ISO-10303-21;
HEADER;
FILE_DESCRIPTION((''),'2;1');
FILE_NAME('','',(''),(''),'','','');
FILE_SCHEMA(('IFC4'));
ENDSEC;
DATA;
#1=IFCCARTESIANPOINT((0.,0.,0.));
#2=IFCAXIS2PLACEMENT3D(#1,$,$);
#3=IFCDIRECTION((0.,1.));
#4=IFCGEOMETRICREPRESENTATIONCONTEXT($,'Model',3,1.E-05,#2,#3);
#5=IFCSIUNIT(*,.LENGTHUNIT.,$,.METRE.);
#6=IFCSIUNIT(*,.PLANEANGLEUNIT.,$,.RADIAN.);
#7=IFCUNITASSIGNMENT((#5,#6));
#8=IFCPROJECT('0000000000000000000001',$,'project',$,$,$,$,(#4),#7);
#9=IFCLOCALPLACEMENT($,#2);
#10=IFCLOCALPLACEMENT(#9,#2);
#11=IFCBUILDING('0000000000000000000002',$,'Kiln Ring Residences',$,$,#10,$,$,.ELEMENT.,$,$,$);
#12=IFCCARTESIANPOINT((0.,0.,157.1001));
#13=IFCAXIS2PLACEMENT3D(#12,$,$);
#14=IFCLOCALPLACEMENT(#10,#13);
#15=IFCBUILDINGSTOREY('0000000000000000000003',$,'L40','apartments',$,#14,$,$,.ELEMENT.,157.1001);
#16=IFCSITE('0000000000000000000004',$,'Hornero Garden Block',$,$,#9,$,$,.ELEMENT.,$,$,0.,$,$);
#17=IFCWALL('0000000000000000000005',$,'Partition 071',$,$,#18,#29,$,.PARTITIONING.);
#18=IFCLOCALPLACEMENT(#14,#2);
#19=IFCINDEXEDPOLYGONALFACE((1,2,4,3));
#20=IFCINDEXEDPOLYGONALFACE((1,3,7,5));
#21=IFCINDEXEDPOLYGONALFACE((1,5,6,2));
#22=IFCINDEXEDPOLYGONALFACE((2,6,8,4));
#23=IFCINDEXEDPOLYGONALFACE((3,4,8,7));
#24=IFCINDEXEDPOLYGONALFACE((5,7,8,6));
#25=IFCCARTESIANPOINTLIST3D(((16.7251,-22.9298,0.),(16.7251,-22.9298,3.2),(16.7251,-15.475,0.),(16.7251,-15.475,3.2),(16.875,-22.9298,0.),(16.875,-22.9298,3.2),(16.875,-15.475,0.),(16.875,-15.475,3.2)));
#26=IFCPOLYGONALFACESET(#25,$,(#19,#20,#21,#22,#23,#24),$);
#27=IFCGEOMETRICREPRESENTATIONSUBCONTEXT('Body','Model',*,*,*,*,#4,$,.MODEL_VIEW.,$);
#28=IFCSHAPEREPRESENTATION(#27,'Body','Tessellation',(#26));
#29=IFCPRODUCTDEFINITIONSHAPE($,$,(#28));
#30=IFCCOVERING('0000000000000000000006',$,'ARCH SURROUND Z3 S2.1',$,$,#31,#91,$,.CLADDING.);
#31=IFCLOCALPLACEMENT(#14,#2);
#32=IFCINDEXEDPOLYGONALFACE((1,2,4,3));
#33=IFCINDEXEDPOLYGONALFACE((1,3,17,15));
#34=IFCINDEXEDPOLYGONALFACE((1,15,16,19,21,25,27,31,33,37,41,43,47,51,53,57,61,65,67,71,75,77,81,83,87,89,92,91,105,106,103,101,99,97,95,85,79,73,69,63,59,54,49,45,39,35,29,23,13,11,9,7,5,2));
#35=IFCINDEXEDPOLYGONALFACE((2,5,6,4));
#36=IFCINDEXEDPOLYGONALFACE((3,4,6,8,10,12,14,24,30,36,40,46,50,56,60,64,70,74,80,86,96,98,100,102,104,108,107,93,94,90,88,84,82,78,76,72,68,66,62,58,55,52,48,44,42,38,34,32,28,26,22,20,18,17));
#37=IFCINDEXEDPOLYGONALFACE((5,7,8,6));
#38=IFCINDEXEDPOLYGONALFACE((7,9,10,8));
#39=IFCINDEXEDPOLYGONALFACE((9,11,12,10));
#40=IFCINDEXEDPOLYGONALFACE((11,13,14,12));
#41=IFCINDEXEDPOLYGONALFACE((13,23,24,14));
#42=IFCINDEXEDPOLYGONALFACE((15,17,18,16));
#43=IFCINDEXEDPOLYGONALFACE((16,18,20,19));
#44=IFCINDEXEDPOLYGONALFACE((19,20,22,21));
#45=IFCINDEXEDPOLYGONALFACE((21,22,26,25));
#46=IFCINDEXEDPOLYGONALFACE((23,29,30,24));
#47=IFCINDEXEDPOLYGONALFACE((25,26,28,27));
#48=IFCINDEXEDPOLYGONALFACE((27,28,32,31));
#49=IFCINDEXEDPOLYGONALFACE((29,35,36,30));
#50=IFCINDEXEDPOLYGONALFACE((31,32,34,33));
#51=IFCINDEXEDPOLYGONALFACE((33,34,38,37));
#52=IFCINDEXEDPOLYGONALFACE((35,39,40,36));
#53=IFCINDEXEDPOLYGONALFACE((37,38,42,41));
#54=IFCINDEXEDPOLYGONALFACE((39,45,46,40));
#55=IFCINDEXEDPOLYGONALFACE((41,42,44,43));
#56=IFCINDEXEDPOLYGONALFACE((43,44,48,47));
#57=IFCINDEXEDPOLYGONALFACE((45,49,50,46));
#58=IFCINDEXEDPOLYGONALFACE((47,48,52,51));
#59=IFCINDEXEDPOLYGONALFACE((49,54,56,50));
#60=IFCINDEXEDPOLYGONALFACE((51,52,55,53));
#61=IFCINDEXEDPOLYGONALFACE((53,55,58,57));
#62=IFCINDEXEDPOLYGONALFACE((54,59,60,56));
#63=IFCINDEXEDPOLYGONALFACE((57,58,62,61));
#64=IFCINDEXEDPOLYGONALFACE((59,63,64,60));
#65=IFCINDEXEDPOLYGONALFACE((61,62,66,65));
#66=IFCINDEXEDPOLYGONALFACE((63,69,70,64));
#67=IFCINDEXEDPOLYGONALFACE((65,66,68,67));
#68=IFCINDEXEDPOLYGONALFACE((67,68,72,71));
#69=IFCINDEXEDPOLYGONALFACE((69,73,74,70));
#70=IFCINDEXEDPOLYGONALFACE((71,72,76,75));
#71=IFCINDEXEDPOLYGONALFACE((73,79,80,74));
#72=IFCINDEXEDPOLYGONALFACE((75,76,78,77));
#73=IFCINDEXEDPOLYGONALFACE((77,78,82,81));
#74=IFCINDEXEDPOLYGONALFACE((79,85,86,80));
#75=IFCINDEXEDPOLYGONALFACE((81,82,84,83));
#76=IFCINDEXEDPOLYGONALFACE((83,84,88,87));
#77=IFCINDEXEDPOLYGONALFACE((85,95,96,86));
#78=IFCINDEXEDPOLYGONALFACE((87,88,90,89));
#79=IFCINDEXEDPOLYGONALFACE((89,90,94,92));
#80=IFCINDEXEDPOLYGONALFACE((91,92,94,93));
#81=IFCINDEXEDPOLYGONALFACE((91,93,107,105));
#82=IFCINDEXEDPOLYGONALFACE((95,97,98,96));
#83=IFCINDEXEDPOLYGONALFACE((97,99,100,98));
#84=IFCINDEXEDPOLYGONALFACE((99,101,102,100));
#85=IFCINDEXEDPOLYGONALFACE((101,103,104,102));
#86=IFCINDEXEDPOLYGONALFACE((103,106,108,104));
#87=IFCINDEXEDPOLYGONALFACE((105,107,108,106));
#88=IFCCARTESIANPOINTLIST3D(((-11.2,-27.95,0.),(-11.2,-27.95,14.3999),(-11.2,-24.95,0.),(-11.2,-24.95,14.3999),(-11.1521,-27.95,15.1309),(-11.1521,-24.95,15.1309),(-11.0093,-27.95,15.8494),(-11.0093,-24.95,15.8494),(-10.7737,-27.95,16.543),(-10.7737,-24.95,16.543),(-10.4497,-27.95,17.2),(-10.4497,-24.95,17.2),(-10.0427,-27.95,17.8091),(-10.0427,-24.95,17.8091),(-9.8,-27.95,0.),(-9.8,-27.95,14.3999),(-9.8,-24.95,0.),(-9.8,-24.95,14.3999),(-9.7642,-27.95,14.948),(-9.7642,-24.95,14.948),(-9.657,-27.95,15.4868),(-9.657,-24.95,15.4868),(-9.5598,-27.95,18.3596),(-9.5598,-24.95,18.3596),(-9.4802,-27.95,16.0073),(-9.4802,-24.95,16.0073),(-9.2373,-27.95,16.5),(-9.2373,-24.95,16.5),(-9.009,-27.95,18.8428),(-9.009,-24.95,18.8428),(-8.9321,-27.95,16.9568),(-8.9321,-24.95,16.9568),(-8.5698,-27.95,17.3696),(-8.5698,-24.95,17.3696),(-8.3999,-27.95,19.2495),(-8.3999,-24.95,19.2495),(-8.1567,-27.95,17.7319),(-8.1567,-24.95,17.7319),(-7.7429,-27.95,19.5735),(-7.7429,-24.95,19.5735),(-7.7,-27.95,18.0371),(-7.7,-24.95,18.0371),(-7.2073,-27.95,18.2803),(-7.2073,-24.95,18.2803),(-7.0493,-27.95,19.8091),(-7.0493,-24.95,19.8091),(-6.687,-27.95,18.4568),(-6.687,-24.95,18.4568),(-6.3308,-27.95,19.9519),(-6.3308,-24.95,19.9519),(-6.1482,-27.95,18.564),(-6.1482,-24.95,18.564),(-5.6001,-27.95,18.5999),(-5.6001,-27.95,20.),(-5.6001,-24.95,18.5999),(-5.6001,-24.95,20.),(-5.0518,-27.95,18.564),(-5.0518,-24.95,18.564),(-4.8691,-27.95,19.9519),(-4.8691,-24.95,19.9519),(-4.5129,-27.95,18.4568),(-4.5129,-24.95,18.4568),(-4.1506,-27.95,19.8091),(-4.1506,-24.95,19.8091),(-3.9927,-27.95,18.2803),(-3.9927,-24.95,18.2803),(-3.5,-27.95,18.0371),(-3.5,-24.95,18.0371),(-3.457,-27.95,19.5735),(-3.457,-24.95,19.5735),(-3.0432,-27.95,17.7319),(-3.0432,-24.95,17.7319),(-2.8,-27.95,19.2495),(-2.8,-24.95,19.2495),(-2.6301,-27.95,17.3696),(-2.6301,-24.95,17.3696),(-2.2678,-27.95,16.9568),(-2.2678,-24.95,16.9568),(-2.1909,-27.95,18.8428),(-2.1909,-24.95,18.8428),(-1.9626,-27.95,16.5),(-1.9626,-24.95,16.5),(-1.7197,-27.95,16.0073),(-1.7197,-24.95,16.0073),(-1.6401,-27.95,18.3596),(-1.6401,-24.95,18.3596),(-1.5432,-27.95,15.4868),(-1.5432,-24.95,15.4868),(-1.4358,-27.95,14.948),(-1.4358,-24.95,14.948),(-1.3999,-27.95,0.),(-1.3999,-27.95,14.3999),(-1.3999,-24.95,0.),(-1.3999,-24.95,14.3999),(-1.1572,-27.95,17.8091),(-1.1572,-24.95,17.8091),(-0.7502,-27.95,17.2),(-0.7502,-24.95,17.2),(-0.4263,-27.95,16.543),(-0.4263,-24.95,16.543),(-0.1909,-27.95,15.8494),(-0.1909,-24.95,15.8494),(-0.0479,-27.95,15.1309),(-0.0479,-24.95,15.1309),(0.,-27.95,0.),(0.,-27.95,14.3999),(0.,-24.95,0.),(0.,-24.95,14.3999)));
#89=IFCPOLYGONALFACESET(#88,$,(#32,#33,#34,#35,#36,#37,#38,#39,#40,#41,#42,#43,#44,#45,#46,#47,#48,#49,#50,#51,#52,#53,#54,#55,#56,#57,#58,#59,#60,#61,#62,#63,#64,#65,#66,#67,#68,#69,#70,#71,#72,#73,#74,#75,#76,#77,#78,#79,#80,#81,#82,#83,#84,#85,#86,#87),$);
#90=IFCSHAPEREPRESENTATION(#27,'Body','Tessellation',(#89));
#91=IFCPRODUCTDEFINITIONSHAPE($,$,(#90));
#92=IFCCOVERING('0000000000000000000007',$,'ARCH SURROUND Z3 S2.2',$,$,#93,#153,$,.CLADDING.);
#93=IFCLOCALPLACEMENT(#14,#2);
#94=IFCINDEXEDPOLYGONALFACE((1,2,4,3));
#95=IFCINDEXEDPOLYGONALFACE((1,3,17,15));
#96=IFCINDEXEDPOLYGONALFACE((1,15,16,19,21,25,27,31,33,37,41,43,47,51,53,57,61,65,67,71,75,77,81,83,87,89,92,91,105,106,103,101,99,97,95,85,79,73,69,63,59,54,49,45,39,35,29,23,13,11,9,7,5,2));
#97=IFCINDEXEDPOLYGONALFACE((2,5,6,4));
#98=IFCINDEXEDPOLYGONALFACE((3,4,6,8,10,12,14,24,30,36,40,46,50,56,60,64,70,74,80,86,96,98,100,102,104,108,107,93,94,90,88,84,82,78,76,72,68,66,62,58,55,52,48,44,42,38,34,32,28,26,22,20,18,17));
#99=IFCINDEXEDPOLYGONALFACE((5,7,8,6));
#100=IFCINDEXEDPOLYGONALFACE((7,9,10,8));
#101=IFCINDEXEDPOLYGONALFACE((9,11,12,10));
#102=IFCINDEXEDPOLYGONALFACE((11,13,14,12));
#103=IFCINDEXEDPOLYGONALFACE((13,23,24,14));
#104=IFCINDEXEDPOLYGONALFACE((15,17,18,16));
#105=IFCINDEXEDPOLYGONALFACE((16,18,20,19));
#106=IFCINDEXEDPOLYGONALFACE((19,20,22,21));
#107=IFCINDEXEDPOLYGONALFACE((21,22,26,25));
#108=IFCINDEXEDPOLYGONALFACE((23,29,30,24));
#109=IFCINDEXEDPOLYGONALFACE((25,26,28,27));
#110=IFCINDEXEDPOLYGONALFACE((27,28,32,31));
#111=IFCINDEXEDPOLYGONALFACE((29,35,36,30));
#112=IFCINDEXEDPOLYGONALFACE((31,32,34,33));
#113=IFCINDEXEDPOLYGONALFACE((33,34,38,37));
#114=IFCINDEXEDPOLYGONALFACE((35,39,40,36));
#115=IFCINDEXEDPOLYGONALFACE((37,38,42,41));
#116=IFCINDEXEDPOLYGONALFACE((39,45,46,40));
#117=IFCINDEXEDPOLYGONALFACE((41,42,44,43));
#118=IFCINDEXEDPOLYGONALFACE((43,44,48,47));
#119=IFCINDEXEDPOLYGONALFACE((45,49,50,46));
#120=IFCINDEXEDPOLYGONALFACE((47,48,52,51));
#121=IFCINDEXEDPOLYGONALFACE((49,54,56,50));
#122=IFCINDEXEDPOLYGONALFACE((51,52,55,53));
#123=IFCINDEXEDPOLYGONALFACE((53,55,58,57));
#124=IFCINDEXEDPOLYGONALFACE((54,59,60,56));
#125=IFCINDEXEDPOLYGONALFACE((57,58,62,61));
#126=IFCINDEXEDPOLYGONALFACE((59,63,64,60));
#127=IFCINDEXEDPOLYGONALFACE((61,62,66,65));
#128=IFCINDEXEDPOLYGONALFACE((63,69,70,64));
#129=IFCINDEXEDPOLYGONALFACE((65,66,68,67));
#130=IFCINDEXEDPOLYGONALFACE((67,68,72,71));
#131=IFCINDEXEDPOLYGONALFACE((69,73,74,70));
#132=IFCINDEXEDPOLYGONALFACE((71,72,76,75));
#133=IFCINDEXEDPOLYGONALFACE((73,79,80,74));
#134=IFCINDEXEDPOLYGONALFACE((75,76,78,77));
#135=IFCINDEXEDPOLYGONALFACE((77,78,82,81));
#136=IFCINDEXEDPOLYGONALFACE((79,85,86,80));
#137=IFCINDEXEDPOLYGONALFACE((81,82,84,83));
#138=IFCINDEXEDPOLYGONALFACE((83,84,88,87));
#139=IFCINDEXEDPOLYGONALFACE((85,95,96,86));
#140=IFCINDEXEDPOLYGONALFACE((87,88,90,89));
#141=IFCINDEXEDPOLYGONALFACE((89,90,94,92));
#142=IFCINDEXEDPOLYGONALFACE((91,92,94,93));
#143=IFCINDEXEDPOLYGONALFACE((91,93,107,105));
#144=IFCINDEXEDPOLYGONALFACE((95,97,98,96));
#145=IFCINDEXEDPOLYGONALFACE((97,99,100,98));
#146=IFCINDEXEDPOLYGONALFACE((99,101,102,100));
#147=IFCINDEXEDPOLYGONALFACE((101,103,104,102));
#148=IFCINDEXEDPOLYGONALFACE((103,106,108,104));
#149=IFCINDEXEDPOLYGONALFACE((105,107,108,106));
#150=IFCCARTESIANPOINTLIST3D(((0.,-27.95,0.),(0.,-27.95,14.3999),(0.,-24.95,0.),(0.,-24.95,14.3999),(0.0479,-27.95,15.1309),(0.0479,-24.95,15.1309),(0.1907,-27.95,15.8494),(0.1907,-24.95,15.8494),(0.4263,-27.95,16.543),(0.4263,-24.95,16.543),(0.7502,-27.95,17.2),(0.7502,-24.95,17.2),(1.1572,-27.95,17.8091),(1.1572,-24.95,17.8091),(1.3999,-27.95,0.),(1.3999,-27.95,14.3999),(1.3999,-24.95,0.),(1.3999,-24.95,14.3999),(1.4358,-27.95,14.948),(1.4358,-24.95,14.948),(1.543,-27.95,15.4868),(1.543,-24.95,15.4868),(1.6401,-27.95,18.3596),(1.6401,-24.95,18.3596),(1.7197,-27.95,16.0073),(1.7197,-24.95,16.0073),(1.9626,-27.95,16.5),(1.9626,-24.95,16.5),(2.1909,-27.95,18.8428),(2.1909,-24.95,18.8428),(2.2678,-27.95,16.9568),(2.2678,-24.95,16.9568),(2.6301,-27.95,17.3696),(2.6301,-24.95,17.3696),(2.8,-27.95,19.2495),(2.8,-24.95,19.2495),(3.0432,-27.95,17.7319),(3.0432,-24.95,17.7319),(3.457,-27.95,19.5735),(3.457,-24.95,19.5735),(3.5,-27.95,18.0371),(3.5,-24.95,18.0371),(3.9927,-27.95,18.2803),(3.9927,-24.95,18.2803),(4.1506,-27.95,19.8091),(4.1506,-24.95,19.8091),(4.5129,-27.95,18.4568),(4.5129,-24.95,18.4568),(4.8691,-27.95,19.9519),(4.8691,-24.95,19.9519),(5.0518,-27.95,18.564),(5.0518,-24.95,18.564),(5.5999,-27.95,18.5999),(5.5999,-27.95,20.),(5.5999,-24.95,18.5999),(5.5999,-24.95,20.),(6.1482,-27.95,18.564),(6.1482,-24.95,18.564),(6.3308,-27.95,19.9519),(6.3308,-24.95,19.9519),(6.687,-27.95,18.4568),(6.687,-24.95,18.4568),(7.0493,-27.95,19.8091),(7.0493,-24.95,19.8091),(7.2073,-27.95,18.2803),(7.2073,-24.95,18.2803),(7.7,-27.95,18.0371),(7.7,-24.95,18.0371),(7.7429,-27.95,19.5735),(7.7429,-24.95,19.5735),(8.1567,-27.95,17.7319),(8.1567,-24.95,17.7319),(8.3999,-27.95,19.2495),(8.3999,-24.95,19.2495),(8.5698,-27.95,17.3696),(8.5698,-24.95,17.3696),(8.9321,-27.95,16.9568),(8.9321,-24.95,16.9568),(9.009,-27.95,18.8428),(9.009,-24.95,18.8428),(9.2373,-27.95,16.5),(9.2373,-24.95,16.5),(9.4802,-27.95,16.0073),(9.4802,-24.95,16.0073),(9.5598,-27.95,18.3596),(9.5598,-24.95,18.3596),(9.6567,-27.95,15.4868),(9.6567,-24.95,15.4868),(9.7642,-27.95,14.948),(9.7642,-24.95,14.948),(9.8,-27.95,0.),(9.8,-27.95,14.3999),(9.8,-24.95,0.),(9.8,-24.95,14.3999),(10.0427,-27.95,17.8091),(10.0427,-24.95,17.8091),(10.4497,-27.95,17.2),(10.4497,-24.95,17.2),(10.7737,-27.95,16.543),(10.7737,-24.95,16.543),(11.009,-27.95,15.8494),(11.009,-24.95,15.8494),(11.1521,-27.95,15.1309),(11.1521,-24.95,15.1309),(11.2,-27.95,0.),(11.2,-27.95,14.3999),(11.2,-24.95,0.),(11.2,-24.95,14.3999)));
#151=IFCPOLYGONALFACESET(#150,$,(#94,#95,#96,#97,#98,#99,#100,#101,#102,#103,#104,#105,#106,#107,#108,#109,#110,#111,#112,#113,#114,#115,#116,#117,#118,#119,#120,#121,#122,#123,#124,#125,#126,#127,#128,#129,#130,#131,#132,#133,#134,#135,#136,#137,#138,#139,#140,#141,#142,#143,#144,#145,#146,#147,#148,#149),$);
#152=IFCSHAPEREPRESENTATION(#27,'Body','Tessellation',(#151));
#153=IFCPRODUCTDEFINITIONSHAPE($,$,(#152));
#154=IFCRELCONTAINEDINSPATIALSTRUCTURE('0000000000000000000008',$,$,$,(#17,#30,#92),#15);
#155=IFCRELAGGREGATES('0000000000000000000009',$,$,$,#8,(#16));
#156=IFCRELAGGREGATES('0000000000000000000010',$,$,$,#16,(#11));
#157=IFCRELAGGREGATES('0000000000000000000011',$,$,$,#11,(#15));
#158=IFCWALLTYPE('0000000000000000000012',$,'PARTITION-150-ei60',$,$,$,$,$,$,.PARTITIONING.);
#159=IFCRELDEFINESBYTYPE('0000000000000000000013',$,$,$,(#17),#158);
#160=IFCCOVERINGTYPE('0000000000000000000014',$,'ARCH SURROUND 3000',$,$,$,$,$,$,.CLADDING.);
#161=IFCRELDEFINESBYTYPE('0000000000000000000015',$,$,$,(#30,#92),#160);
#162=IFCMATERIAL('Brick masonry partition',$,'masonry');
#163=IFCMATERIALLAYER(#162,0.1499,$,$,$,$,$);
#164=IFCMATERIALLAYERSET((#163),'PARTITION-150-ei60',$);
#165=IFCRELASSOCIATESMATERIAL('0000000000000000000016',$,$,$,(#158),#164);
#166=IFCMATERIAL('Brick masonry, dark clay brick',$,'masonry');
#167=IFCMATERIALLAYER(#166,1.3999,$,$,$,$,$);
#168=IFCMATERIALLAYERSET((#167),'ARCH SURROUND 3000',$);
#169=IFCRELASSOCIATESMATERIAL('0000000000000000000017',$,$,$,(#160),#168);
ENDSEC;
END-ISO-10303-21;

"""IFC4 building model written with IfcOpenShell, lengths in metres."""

from ifc_helpers import new_model, si_unit, direction, frame, frame_2d, origin, place, context, subcontext, project, spatial, polyline, rectangle, outline, extrude, material, layer, layer_set, type_object, element, save


model = new_model("IFC4")

# Units and contexts
model_context = context("Model", 3, precision=1e-05, world=origin(), true_north=direction((0.0, 1.0)))
body_context = subcontext(model_context, "Body", "Model", "MODEL_VIEW")
ifc_project = project(units=[si_unit("LENGTHUNIT", "METRE"), si_unit("PLANEANGLEUNIT", "RADIAN")], contexts=[model_context])

# Site, building, storey
site_placement = place(None, origin())
site = spatial("IfcSite", under=ifc_project, at=site_placement, Name="Hornero Garden Block", CompositionType="ELEMENT", RefElevation=0.0)
building_placement = place(site_placement, origin())
building = spatial("IfcBuilding", under=site, at=building_placement, Name="Kiln Ring Residences", CompositionType="ELEMENT")
storey_placement = place(building_placement, frame((0.0, 0.0, 157.1001)))
storey = spatial("IfcBuildingStorey", under=building, at=storey_placement, Name="L40", Description="apartments", CompositionType="ELEMENT", Elevation=157.1001)

# Wall
ifc_material_1 = material(Name="Brick masonry partition", Category="masonry")
ifc_layer_1 = layer(ifc_material_1, 0.1499)
ifc_layer_set_1 = layer_set([ifc_layer_1], Name="PARTITION-150-ei60")
wall_type_1 = type_object("IfcWallType", Name="PARTITION-150-ei60", PredefinedType="PARTITIONING", material=ifc_layer_set_1)
wall_1_placement = place(storey_placement, frame((16.8, -22.9299, 0.0), z_axis=(0.0, 0.0, 1.0), x_axis=(0.0, 1.0, 0.0)))
element("IfcWall", 1, at=wall_1_placement, inside=storey, type_object=wall_type_1, Name="Partition 071", PredefinedType="PARTITIONING", context=body_context, shape_type="SweptSolid", body=[
    extrude(rectangle(XDim=7.4548, YDim=0.1499, at=frame_2d((3.7275, 0.0))), origin(), (0.0, 0.0, 1.0), 3.2),
])

# Coverings
ifc_material_2 = material(Name="Brick masonry, dark clay brick", Category="masonry")
ifc_layer_2 = layer(ifc_material_2, 1.3999)
ifc_layer_set_2 = layer_set([ifc_layer_2], Name="ARCH SURROUND 3000")
covering_type = type_object("IfcCoveringType", Name="ARCH SURROUND 3000", PredefinedType="CLADDING", material=ifc_layer_set_2)
covering_1_placement = place(storey_placement, frame((0.0, -26.45, 0.0), z_axis=(0.0, 0.0, 1.0), x_axis=(-1.0, 0.0, 0.0)))
element("IfcCovering", 2, at=covering_1_placement, inside=storey, type_object=covering_type, Name="ARCH SURROUND Z3 S2.1", PredefinedType="CLADDING", context=body_context, shape_type="SweptSolid", body=[
    extrude(outline(polyline([(11.2, 0.0), (11.2, 14.3999), (11.1521, 15.1309), (11.0093, 15.8494), (10.7737, 16.543), (10.4497, 17.2), (10.0427, 17.8091), (9.5598, 18.3596), (9.009, 18.8428), (8.3999, 19.2495), (7.7429, 19.5735), (7.0493, 19.8091), (6.3308, 19.9519), (5.6001, 20.0), (4.8691, 19.9519), (4.1506, 19.8091), (3.457, 19.5735), (2.8, 19.2495), (2.1909, 18.8428), (1.6401, 18.3596), (1.1572, 17.8091), (0.7502, 17.2), (0.4263, 16.543), (0.1909, 15.8494), (0.0479, 15.1309), (0.0, 14.3999), (0.0, 0.0), (1.3999, 0.0), (1.3999, 14.3999), (1.4358, 14.948), (1.5432, 15.4868), (1.7197, 16.0073), (1.9626, 16.5), (2.2678, 16.9568), (2.6301, 17.3696), (3.0432, 17.7319), (3.5, 18.0371), (3.9927, 18.2803), (4.5129, 18.4568), (5.0518, 18.564), (5.6001, 18.5999), (6.1482, 18.564), (6.687, 18.4568), (7.2073, 18.2803), (7.7, 18.0371), (8.1567, 17.7319), (8.5698, 17.3696), (8.9321, 16.9568), (9.2373, 16.5), (9.4802, 16.0073), (9.657, 15.4868), (9.7642, 14.948), (9.8, 14.3999), (9.8, 0.0), (11.2, 0.0)])), frame((0.0, 1.5, 0.0), z_axis=(0.0, -1.0, 0.0), x_axis=(1.0, 0.0, 0.0)), (0.0, 0.0, 1.0), 3.0),
])
covering_2_placement = place(storey_placement, frame((11.2, -26.45, 0.0), z_axis=(0.0, 0.0, 1.0), x_axis=(-1.0, 0.0, 0.0)))
element("IfcCovering", 3, at=covering_2_placement, inside=storey, type_object=covering_type, Name="ARCH SURROUND Z3 S2.2", PredefinedType="CLADDING", context=body_context, shape_type="SweptSolid", body=[
    extrude(outline(polyline([(11.2, 0.0), (11.2, 14.3999), (11.1521, 15.1309), (11.0093, 15.8494), (10.7737, 16.543), (10.4497, 17.2), (10.0427, 17.8091), (9.5598, 18.3596), (9.009, 18.8428), (8.3999, 19.2495), (7.7429, 19.5735), (7.0493, 19.8091), (6.3308, 19.9519), (5.6001, 20.0), (4.8691, 19.9519), (4.1506, 19.8091), (3.457, 19.5735), (2.8, 19.2495), (2.1909, 18.8428), (1.6401, 18.3596), (1.1572, 17.8091), (0.7502, 17.2), (0.4263, 16.543), (0.1909, 15.8494), (0.0479, 15.1309), (0.0, 14.3999), (0.0, 0.0), (1.3999, 0.0), (1.3999, 14.3999), (1.4358, 14.948), (1.5432, 15.4868), (1.7197, 16.0073), (1.9626, 16.5), (2.2678, 16.9568), (2.6301, 17.3696), (3.0432, 17.7319), (3.5, 18.0371), (3.9927, 18.2803), (4.5129, 18.4568), (5.0518, 18.564), (5.6001, 18.5999), (6.1482, 18.564), (6.687, 18.4568), (7.2073, 18.2803), (7.7, 18.0371), (8.1567, 17.7319), (8.5698, 17.3696), (8.9321, 16.9568), (9.2373, 16.5), (9.4802, 16.0073), (9.657, 15.4868), (9.7642, 14.948), (9.8, 14.3999), (9.8, 0.0), (11.2, 0.0)])), frame((0.0, 1.5, 0.0), z_axis=(0.0, -1.0, 0.0), x_axis=(1.0, 0.0, 0.0)), (0.0, 0.0, 1.0), 3.0),
])

save(model, "model.ifc")
